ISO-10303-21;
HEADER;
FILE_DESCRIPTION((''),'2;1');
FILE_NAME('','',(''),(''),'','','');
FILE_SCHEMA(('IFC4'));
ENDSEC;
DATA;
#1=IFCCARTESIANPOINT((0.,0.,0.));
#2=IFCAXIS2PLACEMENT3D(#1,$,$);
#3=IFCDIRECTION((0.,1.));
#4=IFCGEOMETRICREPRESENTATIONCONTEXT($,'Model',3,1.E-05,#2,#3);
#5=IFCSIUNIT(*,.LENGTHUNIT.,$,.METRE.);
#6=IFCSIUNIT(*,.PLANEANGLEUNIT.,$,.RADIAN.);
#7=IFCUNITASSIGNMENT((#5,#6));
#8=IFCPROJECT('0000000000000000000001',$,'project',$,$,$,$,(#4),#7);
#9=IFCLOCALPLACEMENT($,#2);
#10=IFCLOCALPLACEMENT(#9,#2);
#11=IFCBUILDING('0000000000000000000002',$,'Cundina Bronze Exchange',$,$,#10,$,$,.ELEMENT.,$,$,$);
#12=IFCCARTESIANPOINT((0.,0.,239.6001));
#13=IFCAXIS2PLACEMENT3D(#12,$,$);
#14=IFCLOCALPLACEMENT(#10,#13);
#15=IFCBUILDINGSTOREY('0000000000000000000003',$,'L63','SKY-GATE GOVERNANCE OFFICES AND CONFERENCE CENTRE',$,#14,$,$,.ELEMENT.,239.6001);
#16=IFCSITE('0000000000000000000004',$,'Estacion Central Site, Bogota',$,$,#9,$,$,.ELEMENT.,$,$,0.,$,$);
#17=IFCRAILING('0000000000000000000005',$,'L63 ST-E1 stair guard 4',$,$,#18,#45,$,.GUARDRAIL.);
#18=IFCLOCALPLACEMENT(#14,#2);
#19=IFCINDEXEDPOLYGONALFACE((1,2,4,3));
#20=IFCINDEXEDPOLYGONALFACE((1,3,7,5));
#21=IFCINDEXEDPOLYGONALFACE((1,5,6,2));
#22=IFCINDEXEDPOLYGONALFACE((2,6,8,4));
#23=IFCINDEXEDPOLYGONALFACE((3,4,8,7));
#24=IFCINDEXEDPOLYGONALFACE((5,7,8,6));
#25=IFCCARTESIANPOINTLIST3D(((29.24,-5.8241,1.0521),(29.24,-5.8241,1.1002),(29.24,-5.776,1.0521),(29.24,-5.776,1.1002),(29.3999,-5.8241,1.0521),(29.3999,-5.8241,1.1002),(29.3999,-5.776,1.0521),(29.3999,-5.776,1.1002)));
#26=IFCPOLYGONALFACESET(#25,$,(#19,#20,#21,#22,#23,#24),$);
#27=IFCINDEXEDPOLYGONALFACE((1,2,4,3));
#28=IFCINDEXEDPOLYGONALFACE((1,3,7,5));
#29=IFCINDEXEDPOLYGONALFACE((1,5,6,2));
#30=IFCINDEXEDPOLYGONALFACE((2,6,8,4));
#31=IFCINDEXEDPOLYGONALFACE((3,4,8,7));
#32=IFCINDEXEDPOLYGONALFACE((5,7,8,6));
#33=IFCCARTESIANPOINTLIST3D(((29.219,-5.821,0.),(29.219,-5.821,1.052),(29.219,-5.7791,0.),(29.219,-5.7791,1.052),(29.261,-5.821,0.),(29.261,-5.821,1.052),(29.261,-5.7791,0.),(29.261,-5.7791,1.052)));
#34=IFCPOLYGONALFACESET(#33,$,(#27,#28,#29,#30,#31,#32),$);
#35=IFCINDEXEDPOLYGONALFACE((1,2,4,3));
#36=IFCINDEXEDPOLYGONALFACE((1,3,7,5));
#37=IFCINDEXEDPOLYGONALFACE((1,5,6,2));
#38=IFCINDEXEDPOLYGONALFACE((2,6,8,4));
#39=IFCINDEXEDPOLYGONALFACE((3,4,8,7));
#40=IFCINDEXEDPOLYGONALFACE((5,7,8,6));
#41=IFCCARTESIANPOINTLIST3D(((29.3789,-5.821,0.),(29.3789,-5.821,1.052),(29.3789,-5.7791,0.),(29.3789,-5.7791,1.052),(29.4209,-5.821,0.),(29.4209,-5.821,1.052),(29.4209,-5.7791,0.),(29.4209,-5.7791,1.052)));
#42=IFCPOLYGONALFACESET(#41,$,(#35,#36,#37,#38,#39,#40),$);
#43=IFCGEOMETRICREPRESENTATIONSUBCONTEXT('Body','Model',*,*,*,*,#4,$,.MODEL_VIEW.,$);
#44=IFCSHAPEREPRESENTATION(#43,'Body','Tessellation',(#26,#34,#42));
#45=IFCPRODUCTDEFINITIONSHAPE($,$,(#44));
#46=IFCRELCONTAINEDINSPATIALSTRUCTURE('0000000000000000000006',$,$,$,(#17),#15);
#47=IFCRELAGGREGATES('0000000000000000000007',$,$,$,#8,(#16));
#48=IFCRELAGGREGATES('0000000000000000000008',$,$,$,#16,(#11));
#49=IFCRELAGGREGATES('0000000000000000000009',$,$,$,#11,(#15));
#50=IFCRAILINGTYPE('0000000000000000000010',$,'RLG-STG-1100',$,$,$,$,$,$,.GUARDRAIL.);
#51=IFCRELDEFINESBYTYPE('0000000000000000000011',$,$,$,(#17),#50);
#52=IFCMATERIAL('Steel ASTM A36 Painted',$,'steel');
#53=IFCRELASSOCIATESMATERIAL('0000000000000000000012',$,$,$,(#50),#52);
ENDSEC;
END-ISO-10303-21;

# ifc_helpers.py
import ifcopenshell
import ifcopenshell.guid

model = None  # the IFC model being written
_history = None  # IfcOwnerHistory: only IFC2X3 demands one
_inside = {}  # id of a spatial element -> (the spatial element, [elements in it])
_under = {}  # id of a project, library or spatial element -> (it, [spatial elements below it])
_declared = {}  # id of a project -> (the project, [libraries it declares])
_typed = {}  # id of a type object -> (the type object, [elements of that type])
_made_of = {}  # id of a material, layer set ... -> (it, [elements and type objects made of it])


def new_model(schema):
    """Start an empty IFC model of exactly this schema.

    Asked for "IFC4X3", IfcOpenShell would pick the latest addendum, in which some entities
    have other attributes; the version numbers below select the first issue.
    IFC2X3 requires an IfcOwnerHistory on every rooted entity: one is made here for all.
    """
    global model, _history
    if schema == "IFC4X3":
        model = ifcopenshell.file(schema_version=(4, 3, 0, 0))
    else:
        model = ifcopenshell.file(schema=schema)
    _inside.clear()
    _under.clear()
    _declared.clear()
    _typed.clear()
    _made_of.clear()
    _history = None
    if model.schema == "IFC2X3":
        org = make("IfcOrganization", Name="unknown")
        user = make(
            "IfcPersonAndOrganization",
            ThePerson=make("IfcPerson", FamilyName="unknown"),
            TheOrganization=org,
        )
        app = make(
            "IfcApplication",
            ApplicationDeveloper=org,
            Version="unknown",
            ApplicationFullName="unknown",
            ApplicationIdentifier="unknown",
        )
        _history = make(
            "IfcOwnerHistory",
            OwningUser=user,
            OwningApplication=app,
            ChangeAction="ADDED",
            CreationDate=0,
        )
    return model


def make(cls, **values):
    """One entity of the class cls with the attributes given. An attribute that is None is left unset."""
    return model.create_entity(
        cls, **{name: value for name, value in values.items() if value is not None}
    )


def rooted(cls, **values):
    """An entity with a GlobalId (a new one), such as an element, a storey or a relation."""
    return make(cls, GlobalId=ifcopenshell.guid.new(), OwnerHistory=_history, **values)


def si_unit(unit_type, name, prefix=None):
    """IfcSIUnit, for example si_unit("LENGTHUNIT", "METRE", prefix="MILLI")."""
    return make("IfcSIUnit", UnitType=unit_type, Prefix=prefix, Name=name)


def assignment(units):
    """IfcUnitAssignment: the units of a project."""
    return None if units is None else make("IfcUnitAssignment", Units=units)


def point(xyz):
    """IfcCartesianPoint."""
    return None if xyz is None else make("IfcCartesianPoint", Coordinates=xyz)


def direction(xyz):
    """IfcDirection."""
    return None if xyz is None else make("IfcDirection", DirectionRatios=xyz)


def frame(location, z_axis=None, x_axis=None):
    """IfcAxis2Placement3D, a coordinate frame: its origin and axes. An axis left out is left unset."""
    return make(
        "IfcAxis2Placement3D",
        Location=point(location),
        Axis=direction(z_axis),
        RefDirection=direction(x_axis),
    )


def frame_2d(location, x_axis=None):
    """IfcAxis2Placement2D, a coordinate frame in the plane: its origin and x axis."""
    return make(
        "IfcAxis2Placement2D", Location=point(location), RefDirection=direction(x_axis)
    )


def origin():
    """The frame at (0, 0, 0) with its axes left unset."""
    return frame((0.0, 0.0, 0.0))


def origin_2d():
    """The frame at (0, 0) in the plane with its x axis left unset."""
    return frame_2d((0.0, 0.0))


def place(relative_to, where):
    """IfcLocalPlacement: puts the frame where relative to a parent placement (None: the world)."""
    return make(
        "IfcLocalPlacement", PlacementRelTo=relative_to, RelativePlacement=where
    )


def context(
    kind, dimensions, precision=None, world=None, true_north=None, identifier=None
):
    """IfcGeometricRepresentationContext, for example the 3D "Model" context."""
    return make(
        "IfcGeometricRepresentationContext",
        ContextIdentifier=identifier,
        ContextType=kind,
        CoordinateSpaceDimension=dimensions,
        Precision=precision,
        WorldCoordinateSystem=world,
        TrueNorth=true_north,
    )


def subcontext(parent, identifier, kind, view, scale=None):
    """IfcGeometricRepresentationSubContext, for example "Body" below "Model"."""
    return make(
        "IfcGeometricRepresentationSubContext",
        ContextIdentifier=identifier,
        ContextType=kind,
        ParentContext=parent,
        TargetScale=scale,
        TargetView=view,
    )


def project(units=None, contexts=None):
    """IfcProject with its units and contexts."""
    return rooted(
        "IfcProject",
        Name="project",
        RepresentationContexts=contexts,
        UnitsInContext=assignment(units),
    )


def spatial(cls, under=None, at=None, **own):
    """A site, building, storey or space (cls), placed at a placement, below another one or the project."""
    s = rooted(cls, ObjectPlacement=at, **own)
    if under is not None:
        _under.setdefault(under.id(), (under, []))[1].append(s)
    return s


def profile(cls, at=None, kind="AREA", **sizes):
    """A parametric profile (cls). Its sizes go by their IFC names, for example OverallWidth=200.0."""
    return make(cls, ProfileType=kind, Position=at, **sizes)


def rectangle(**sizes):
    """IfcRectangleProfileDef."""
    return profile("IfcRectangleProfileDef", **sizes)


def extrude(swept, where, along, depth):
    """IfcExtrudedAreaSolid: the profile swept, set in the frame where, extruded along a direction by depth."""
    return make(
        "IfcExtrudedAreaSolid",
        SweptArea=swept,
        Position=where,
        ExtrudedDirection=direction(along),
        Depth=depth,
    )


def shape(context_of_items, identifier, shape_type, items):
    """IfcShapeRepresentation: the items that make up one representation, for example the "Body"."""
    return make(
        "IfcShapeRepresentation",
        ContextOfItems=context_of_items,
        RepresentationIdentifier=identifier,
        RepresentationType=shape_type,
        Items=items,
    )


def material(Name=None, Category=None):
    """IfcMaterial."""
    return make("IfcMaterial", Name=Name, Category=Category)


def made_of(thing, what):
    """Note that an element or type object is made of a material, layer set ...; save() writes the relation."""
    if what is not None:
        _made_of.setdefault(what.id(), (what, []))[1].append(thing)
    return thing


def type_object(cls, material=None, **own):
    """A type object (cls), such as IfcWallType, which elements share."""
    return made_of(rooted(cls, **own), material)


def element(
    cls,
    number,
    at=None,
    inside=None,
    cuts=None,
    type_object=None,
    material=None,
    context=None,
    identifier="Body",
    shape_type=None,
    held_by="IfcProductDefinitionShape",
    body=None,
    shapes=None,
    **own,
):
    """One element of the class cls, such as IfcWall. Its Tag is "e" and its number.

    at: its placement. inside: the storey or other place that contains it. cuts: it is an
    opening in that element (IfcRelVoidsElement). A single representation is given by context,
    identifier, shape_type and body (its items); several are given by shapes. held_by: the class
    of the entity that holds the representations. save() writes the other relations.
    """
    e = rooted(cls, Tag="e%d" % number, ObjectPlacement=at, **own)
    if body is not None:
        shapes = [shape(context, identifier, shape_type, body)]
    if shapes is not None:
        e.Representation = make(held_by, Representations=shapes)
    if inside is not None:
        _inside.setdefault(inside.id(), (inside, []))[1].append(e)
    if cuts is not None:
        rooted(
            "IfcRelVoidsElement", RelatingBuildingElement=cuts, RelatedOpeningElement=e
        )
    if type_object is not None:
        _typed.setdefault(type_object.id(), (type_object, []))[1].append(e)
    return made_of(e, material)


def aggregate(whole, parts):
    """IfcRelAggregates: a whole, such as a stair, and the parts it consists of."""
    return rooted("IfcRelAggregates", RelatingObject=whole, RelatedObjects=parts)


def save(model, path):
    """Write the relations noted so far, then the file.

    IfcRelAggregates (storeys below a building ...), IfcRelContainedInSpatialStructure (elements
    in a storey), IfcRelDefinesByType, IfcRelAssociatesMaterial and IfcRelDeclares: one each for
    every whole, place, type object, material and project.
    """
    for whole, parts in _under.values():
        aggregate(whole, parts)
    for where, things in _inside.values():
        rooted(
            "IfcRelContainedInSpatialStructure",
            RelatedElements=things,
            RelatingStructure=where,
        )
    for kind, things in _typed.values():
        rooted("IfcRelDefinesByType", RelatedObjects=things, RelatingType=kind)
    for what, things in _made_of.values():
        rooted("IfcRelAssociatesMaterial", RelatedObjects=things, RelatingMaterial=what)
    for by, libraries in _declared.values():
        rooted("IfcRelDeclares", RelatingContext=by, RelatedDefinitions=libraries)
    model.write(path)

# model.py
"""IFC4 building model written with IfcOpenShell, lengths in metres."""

from ifc_helpers import new_model, si_unit, direction, frame, origin, origin_2d, place, context, subcontext, project, spatial, rectangle, extrude, material, type_object, element, save


model = new_model("IFC4")

# Units and contexts
model_context = context("Model", 3, precision=1e-05, world=origin(), true_north=direction((0.0, 1.0)))
body_context = subcontext(model_context, "Body", "Model", "MODEL_VIEW")
ifc_project = project(units=[si_unit("LENGTHUNIT", "METRE"), si_unit("PLANEANGLEUNIT", "RADIAN")], contexts=[model_context])

# Site, building, storey
site_placement = place(None, origin())
site = spatial("IfcSite", under=ifc_project, at=site_placement, Name="Estacion Central Site, Bogota", CompositionType="ELEMENT", RefElevation=0.0)
building_placement = place(site_placement, origin())
building = spatial("IfcBuilding", under=site, at=building_placement, Name="Cundina Bronze Exchange", CompositionType="ELEMENT")
storey_placement = place(building_placement, frame((0.0, 0.0, 239.6001)))
storey = spatial("IfcBuildingStorey", under=building, at=storey_placement, Name="L63", Description="SKY-GATE GOVERNANCE OFFICES AND CONFERENCE CENTRE", CompositionType="ELEMENT", Elevation=239.6001)

# Shared definitions
ifc_material_1 = material(Name="Steel ASTM A36 Painted", Category="steel")

# Railing
railing_type_1 = type_object("IfcRailingType", Name="RLG-STG-1100", PredefinedType="GUARDRAIL", material=ifc_material_1)
railing_1_placement = place(storey_placement, frame((29.24, -5.8, 0.0)))
element("IfcRailing", 1, at=railing_1_placement, inside=storey, type_object=railing_type_1, Name="L63 ST-E1 stair guard 4", PredefinedType="GUARDRAIL", context=body_context, shape_type="SweptSolid", body=[
    extrude(rectangle(XDim=0.0481, YDim=0.0481, at=origin_2d()), frame((0.0, 0.0, 1.0762), z_axis=(1.0, 0.0, 0.0), x_axis=(0.0, 1.0, 0.0)), (0.0, 0.0, 1.0), 0.1599),
    extrude(rectangle(XDim=0.042, YDim=0.042, at=origin_2d()), origin(), (0.0, 0.0, 1.0), 1.052),
    extrude(rectangle(XDim=0.042, YDim=0.042, at=origin_2d()), frame((0.1599, 0.0, 0.0)), (0.0, 0.0, 1.0), 1.052),
])

save(model, "model.ifc")
